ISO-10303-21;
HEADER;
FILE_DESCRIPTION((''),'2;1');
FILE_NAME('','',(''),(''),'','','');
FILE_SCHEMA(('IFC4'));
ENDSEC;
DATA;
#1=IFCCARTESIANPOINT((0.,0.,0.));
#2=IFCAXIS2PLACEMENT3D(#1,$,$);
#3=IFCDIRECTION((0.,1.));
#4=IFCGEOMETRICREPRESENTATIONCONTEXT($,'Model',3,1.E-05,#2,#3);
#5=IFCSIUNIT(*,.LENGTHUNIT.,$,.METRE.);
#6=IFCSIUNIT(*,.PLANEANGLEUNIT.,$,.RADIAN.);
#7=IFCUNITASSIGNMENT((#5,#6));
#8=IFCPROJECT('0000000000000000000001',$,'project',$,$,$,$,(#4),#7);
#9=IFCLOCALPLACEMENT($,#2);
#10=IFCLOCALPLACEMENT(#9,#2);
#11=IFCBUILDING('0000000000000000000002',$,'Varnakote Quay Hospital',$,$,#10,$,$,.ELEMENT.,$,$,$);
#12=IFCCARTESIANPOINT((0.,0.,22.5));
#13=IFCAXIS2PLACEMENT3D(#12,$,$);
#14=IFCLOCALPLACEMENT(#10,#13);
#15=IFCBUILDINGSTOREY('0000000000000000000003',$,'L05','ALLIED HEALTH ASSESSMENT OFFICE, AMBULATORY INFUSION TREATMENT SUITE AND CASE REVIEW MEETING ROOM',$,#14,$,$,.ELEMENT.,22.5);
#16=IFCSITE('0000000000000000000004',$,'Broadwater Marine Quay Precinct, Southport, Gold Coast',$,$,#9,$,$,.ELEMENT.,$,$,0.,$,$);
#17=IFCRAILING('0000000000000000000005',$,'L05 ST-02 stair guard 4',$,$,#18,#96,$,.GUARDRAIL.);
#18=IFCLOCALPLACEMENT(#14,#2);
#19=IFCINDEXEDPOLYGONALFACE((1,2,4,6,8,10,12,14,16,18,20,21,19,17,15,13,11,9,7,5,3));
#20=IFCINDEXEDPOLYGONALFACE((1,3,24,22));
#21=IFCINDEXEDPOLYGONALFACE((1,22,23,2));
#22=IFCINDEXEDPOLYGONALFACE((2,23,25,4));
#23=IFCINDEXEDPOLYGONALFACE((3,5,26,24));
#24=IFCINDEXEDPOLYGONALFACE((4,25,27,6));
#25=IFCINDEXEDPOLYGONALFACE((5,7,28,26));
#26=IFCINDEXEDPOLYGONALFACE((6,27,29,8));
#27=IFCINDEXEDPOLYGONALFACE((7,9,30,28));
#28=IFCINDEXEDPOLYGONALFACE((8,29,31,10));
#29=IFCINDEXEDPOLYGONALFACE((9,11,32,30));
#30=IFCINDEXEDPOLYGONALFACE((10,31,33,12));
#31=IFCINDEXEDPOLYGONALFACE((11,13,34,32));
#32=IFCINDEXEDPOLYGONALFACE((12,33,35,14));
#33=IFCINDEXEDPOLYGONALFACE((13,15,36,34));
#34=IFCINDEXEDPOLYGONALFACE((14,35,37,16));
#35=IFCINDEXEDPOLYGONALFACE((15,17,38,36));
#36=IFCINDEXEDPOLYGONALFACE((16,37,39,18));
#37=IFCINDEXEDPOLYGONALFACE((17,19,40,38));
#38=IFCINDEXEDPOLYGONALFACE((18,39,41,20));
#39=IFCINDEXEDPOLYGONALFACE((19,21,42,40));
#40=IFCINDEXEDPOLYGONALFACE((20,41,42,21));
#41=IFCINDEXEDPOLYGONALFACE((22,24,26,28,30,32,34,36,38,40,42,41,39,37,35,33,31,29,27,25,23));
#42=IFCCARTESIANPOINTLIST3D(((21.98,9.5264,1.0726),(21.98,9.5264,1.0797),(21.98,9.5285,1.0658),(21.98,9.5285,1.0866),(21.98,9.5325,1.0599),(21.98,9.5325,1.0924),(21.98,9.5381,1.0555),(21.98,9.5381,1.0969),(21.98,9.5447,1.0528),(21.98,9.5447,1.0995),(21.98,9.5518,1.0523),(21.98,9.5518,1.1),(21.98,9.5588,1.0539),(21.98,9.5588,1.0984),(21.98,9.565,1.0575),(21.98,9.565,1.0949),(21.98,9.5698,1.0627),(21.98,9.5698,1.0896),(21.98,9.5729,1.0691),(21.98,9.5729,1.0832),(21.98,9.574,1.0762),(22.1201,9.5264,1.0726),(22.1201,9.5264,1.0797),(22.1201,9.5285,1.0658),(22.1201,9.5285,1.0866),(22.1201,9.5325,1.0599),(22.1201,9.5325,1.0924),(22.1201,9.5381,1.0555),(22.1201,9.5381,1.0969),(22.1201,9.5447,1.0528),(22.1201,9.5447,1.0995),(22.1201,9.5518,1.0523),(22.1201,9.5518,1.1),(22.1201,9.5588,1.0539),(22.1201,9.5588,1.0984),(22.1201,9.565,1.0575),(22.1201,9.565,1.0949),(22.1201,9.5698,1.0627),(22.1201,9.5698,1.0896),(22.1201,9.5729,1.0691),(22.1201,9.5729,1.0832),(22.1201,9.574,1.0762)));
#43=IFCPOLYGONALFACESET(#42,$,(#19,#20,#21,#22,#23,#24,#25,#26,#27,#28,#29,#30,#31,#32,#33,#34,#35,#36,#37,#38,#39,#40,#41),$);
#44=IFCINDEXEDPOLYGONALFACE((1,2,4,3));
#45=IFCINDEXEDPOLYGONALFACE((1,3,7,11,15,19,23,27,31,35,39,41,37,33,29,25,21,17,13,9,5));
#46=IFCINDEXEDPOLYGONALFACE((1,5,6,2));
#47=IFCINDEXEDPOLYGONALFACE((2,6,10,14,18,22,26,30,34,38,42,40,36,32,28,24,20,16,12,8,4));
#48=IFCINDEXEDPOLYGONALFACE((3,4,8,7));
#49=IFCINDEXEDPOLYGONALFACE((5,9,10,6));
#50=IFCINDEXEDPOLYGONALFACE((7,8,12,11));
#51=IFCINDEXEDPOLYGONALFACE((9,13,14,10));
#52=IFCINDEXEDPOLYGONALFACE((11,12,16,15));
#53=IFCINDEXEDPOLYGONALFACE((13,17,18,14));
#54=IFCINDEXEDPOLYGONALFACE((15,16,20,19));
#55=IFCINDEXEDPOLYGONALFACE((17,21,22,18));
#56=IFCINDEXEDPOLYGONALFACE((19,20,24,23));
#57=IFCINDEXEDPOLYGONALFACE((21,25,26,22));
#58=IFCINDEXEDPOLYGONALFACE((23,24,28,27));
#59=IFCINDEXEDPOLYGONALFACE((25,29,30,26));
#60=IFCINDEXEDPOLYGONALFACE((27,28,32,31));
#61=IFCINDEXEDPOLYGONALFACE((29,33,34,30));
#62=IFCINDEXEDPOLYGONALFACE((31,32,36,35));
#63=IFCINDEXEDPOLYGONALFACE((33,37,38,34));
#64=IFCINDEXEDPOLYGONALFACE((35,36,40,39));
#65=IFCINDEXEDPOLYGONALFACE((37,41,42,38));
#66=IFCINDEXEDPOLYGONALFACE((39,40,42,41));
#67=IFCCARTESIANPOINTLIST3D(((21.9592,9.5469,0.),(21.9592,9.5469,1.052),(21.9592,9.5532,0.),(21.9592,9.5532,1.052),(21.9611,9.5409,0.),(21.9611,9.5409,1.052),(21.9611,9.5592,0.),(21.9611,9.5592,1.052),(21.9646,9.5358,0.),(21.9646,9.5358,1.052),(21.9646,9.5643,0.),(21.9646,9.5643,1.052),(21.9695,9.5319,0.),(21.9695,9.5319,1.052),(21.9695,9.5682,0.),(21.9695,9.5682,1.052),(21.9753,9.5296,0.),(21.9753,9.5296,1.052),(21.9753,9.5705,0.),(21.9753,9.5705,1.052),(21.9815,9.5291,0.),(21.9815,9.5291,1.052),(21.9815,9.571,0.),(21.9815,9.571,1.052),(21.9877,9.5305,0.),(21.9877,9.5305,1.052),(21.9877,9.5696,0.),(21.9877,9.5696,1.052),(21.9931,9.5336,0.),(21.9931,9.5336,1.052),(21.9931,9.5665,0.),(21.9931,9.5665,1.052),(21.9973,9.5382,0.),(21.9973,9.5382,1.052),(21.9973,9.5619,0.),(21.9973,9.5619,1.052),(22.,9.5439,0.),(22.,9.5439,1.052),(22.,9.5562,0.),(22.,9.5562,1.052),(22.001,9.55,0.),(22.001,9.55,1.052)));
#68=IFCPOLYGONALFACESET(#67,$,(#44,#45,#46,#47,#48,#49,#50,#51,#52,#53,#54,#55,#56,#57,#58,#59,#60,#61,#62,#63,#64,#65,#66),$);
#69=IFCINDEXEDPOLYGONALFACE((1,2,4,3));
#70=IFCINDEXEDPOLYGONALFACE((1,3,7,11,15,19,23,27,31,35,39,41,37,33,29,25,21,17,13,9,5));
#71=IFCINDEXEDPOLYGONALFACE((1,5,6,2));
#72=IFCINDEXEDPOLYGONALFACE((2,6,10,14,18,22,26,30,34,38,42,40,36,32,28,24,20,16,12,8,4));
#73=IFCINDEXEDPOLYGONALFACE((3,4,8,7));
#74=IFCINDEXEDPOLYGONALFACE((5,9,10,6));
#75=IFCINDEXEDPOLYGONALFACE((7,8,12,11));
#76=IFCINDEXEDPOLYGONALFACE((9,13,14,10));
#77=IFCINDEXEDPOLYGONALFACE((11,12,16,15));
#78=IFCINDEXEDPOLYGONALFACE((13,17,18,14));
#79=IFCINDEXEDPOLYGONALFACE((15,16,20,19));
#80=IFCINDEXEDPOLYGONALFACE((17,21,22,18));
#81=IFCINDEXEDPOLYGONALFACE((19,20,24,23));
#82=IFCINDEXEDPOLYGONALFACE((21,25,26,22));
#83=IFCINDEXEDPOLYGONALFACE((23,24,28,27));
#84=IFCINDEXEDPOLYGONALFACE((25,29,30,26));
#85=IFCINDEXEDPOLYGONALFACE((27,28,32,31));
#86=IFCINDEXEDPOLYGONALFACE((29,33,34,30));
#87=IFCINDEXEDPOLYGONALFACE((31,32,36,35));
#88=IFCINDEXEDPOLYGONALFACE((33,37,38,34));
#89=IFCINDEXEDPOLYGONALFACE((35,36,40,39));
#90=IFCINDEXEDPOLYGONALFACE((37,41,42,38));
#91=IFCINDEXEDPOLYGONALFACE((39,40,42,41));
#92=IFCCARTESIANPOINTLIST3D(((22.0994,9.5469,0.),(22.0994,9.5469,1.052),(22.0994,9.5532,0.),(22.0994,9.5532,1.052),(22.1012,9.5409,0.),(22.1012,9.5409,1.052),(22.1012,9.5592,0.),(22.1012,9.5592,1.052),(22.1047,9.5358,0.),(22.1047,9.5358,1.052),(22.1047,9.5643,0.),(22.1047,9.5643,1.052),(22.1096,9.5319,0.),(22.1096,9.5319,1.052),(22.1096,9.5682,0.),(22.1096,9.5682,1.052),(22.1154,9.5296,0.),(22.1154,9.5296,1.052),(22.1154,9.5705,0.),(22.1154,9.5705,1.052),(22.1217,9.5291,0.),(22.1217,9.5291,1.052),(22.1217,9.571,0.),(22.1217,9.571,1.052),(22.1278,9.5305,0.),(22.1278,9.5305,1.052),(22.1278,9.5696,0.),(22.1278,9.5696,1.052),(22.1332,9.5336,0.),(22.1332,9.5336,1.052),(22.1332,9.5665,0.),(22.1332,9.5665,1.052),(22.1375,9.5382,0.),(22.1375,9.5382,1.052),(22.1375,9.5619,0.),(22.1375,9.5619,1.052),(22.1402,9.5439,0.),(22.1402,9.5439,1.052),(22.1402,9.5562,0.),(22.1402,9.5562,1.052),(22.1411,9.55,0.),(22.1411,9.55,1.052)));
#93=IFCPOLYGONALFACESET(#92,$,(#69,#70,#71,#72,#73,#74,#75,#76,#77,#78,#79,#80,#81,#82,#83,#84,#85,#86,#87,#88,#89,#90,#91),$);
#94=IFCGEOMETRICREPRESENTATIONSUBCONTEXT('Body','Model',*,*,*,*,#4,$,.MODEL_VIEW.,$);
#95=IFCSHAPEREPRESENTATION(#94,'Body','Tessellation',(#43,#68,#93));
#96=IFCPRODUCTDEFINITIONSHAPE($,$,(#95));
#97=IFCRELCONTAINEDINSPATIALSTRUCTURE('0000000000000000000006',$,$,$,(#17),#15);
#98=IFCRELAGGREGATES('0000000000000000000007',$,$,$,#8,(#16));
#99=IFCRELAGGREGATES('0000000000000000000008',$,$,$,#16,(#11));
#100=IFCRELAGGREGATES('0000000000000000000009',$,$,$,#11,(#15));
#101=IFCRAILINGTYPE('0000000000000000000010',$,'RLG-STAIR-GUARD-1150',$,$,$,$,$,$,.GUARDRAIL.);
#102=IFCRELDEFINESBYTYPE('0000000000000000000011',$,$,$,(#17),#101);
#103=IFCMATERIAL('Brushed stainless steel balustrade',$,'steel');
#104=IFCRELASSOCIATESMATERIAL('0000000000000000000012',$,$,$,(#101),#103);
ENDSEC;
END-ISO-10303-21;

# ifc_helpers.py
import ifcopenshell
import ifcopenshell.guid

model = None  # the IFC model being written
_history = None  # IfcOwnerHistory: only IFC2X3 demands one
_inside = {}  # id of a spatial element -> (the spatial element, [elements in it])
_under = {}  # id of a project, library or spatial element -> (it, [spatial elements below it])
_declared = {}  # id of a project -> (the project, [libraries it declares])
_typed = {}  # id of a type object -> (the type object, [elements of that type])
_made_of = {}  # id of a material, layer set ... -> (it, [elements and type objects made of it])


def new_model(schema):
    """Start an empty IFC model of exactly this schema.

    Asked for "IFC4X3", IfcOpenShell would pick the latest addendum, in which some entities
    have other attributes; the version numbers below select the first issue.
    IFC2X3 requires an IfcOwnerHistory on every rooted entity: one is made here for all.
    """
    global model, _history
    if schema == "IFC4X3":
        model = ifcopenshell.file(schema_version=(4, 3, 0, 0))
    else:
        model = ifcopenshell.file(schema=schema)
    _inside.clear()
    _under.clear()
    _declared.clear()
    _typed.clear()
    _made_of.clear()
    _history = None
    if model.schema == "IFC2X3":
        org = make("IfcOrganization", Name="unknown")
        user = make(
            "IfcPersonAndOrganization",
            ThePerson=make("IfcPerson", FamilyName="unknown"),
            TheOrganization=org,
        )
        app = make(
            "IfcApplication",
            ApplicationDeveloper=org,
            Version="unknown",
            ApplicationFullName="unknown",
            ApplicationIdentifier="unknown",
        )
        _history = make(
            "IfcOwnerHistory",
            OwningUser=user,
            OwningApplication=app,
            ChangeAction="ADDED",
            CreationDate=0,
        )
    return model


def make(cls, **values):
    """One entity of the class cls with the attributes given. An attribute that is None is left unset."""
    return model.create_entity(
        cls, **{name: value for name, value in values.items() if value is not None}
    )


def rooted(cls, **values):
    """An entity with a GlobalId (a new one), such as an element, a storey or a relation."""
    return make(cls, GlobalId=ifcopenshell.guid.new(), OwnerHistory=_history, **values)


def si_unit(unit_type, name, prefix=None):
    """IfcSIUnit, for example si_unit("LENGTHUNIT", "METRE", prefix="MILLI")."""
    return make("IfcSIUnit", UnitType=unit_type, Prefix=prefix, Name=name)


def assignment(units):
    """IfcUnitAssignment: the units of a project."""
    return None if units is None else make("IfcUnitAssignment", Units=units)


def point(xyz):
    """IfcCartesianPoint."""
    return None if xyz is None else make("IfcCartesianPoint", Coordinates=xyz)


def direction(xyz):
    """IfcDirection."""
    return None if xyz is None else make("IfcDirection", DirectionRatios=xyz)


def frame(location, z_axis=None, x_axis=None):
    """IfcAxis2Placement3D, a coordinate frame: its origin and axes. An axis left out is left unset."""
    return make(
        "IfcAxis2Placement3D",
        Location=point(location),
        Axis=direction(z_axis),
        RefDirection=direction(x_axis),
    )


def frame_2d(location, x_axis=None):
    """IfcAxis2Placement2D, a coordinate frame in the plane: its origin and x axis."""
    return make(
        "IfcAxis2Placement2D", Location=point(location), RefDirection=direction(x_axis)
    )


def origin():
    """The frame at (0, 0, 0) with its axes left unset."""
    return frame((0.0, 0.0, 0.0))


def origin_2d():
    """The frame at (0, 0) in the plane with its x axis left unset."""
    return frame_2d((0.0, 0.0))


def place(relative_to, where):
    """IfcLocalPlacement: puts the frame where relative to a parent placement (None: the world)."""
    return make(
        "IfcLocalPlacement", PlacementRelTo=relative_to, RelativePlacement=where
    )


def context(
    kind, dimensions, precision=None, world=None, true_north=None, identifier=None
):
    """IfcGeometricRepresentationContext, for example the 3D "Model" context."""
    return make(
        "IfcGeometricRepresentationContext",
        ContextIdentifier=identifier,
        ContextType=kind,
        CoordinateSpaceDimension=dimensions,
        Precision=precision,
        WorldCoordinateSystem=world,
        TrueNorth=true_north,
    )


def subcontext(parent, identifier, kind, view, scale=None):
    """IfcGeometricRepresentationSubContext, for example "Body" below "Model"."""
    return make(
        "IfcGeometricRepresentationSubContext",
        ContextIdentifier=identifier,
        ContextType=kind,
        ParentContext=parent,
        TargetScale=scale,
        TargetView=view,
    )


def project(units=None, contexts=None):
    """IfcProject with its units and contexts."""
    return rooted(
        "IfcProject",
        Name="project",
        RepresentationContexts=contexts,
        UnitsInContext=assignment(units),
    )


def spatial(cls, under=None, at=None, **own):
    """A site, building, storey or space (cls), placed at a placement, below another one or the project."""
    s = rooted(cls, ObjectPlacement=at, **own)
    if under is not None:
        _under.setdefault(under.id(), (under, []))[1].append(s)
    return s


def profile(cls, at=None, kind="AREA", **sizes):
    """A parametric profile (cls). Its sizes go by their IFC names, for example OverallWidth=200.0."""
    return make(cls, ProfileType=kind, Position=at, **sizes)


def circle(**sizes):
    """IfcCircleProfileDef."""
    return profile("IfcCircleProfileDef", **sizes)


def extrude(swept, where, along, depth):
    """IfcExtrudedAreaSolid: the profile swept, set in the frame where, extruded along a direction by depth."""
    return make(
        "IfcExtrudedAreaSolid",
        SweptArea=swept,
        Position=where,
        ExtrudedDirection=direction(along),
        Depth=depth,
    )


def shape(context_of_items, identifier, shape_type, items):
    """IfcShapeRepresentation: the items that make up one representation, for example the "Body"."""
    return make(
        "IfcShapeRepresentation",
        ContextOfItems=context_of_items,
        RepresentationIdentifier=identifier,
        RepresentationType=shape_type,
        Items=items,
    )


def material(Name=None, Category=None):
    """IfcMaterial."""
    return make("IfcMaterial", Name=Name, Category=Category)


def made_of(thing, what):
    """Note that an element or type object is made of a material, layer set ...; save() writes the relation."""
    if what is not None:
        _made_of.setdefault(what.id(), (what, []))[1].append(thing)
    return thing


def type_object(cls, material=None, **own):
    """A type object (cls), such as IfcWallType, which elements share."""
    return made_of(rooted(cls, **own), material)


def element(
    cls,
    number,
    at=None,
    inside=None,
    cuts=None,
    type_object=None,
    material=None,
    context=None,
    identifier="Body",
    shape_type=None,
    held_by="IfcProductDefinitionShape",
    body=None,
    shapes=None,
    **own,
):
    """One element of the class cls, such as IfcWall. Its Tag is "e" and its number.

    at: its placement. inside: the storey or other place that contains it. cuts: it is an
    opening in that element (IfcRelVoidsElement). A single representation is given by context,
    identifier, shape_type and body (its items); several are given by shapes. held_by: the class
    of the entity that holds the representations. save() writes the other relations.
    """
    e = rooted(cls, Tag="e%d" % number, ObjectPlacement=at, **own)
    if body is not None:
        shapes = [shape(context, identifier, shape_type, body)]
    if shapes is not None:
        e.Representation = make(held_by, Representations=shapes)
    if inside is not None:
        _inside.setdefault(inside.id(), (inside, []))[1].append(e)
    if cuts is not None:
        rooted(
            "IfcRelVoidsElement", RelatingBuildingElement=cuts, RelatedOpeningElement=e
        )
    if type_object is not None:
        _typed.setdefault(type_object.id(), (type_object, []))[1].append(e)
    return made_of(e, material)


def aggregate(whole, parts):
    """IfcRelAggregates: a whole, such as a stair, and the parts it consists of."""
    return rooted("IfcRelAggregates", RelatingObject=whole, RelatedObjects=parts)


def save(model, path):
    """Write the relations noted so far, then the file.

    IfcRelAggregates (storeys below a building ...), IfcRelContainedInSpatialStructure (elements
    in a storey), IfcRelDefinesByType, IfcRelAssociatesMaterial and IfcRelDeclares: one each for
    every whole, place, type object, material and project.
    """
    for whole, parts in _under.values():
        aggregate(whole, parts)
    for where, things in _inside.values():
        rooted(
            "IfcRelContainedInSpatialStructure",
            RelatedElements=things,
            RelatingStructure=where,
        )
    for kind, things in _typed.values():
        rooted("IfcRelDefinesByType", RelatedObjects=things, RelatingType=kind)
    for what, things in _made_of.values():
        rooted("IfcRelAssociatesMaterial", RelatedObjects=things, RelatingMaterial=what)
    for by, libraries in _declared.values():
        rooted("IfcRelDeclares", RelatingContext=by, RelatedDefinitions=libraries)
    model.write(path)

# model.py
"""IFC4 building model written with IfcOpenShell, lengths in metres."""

from ifc_helpers import new_model, si_unit, direction, frame, origin, origin_2d, place, context, subcontext, project, spatial, circle, extrude, material, type_object, element, save


model = new_model("IFC4")

# Units and contexts
model_context = context("Model", 3, precision=1e-05, world=origin(), true_north=direction((0.0, 1.0)))
body_context = subcontext(model_context, "Body", "Model", "MODEL_VIEW")
ifc_project = project(units=[si_unit("LENGTHUNIT", "METRE"), si_unit("PLANEANGLEUNIT", "RADIAN")], contexts=[model_context])

# Site, building, storey
site_placement = place(None, origin())
site = spatial("IfcSite", under=ifc_project, at=site_placement, Name="Broadwater Marine Quay Precinct, Southport, Gold Coast", CompositionType="ELEMENT", RefElevation=0.0)
building_placement = place(site_placement, origin())
building = spatial("IfcBuilding", under=site, at=building_placement, Name="Varnakote Quay Hospital", CompositionType="ELEMENT")
storey_placement = place(building_placement, frame((0.0, 0.0, 22.5)))
storey = spatial("IfcBuildingStorey", under=building, at=storey_placement, Name="L05", Description="ALLIED HEALTH ASSESSMENT OFFICE, AMBULATORY INFUSION TREATMENT SUITE AND CASE REVIEW MEETING ROOM", CompositionType="ELEMENT", Elevation=22.5)

# Railing
ifc_material_1 = material(Name="Brushed stainless steel balustrade", Category="steel")
railing_type_1 = type_object("IfcRailingType", Name="RLG-STAIR-GUARD-1150", PredefinedType="GUARDRAIL", material=ifc_material_1)
railing_1_placement = place(storey_placement, frame((21.98, 9.55, 0.0)))
element("IfcRailing", 1, at=railing_1_placement, inside=storey, type_object=railing_type_1, Name="L05 ST-02 stair guard 4", PredefinedType="GUARDRAIL", context=body_context, shape_type="SweptSolid", body=[
    extrude(circle(Radius=0.0239, at=origin_2d()), frame((0.0, 0.0, 1.0762), z_axis=(1.0, 0.0, 0.0), x_axis=(0.0, 1.0, 0.0)), (0.0, 0.0, 1.0), 0.1401),
    extrude(circle(Radius=0.021, at=origin_2d()), origin(), (0.0, 0.0, 1.0), 1.052),
    extrude(circle(Radius=0.021, at=origin_2d()), frame((0.1401, 0.0, 0.0)), (0.0, 0.0, 1.0), 1.052),
])

save(model, "model.ifc")
